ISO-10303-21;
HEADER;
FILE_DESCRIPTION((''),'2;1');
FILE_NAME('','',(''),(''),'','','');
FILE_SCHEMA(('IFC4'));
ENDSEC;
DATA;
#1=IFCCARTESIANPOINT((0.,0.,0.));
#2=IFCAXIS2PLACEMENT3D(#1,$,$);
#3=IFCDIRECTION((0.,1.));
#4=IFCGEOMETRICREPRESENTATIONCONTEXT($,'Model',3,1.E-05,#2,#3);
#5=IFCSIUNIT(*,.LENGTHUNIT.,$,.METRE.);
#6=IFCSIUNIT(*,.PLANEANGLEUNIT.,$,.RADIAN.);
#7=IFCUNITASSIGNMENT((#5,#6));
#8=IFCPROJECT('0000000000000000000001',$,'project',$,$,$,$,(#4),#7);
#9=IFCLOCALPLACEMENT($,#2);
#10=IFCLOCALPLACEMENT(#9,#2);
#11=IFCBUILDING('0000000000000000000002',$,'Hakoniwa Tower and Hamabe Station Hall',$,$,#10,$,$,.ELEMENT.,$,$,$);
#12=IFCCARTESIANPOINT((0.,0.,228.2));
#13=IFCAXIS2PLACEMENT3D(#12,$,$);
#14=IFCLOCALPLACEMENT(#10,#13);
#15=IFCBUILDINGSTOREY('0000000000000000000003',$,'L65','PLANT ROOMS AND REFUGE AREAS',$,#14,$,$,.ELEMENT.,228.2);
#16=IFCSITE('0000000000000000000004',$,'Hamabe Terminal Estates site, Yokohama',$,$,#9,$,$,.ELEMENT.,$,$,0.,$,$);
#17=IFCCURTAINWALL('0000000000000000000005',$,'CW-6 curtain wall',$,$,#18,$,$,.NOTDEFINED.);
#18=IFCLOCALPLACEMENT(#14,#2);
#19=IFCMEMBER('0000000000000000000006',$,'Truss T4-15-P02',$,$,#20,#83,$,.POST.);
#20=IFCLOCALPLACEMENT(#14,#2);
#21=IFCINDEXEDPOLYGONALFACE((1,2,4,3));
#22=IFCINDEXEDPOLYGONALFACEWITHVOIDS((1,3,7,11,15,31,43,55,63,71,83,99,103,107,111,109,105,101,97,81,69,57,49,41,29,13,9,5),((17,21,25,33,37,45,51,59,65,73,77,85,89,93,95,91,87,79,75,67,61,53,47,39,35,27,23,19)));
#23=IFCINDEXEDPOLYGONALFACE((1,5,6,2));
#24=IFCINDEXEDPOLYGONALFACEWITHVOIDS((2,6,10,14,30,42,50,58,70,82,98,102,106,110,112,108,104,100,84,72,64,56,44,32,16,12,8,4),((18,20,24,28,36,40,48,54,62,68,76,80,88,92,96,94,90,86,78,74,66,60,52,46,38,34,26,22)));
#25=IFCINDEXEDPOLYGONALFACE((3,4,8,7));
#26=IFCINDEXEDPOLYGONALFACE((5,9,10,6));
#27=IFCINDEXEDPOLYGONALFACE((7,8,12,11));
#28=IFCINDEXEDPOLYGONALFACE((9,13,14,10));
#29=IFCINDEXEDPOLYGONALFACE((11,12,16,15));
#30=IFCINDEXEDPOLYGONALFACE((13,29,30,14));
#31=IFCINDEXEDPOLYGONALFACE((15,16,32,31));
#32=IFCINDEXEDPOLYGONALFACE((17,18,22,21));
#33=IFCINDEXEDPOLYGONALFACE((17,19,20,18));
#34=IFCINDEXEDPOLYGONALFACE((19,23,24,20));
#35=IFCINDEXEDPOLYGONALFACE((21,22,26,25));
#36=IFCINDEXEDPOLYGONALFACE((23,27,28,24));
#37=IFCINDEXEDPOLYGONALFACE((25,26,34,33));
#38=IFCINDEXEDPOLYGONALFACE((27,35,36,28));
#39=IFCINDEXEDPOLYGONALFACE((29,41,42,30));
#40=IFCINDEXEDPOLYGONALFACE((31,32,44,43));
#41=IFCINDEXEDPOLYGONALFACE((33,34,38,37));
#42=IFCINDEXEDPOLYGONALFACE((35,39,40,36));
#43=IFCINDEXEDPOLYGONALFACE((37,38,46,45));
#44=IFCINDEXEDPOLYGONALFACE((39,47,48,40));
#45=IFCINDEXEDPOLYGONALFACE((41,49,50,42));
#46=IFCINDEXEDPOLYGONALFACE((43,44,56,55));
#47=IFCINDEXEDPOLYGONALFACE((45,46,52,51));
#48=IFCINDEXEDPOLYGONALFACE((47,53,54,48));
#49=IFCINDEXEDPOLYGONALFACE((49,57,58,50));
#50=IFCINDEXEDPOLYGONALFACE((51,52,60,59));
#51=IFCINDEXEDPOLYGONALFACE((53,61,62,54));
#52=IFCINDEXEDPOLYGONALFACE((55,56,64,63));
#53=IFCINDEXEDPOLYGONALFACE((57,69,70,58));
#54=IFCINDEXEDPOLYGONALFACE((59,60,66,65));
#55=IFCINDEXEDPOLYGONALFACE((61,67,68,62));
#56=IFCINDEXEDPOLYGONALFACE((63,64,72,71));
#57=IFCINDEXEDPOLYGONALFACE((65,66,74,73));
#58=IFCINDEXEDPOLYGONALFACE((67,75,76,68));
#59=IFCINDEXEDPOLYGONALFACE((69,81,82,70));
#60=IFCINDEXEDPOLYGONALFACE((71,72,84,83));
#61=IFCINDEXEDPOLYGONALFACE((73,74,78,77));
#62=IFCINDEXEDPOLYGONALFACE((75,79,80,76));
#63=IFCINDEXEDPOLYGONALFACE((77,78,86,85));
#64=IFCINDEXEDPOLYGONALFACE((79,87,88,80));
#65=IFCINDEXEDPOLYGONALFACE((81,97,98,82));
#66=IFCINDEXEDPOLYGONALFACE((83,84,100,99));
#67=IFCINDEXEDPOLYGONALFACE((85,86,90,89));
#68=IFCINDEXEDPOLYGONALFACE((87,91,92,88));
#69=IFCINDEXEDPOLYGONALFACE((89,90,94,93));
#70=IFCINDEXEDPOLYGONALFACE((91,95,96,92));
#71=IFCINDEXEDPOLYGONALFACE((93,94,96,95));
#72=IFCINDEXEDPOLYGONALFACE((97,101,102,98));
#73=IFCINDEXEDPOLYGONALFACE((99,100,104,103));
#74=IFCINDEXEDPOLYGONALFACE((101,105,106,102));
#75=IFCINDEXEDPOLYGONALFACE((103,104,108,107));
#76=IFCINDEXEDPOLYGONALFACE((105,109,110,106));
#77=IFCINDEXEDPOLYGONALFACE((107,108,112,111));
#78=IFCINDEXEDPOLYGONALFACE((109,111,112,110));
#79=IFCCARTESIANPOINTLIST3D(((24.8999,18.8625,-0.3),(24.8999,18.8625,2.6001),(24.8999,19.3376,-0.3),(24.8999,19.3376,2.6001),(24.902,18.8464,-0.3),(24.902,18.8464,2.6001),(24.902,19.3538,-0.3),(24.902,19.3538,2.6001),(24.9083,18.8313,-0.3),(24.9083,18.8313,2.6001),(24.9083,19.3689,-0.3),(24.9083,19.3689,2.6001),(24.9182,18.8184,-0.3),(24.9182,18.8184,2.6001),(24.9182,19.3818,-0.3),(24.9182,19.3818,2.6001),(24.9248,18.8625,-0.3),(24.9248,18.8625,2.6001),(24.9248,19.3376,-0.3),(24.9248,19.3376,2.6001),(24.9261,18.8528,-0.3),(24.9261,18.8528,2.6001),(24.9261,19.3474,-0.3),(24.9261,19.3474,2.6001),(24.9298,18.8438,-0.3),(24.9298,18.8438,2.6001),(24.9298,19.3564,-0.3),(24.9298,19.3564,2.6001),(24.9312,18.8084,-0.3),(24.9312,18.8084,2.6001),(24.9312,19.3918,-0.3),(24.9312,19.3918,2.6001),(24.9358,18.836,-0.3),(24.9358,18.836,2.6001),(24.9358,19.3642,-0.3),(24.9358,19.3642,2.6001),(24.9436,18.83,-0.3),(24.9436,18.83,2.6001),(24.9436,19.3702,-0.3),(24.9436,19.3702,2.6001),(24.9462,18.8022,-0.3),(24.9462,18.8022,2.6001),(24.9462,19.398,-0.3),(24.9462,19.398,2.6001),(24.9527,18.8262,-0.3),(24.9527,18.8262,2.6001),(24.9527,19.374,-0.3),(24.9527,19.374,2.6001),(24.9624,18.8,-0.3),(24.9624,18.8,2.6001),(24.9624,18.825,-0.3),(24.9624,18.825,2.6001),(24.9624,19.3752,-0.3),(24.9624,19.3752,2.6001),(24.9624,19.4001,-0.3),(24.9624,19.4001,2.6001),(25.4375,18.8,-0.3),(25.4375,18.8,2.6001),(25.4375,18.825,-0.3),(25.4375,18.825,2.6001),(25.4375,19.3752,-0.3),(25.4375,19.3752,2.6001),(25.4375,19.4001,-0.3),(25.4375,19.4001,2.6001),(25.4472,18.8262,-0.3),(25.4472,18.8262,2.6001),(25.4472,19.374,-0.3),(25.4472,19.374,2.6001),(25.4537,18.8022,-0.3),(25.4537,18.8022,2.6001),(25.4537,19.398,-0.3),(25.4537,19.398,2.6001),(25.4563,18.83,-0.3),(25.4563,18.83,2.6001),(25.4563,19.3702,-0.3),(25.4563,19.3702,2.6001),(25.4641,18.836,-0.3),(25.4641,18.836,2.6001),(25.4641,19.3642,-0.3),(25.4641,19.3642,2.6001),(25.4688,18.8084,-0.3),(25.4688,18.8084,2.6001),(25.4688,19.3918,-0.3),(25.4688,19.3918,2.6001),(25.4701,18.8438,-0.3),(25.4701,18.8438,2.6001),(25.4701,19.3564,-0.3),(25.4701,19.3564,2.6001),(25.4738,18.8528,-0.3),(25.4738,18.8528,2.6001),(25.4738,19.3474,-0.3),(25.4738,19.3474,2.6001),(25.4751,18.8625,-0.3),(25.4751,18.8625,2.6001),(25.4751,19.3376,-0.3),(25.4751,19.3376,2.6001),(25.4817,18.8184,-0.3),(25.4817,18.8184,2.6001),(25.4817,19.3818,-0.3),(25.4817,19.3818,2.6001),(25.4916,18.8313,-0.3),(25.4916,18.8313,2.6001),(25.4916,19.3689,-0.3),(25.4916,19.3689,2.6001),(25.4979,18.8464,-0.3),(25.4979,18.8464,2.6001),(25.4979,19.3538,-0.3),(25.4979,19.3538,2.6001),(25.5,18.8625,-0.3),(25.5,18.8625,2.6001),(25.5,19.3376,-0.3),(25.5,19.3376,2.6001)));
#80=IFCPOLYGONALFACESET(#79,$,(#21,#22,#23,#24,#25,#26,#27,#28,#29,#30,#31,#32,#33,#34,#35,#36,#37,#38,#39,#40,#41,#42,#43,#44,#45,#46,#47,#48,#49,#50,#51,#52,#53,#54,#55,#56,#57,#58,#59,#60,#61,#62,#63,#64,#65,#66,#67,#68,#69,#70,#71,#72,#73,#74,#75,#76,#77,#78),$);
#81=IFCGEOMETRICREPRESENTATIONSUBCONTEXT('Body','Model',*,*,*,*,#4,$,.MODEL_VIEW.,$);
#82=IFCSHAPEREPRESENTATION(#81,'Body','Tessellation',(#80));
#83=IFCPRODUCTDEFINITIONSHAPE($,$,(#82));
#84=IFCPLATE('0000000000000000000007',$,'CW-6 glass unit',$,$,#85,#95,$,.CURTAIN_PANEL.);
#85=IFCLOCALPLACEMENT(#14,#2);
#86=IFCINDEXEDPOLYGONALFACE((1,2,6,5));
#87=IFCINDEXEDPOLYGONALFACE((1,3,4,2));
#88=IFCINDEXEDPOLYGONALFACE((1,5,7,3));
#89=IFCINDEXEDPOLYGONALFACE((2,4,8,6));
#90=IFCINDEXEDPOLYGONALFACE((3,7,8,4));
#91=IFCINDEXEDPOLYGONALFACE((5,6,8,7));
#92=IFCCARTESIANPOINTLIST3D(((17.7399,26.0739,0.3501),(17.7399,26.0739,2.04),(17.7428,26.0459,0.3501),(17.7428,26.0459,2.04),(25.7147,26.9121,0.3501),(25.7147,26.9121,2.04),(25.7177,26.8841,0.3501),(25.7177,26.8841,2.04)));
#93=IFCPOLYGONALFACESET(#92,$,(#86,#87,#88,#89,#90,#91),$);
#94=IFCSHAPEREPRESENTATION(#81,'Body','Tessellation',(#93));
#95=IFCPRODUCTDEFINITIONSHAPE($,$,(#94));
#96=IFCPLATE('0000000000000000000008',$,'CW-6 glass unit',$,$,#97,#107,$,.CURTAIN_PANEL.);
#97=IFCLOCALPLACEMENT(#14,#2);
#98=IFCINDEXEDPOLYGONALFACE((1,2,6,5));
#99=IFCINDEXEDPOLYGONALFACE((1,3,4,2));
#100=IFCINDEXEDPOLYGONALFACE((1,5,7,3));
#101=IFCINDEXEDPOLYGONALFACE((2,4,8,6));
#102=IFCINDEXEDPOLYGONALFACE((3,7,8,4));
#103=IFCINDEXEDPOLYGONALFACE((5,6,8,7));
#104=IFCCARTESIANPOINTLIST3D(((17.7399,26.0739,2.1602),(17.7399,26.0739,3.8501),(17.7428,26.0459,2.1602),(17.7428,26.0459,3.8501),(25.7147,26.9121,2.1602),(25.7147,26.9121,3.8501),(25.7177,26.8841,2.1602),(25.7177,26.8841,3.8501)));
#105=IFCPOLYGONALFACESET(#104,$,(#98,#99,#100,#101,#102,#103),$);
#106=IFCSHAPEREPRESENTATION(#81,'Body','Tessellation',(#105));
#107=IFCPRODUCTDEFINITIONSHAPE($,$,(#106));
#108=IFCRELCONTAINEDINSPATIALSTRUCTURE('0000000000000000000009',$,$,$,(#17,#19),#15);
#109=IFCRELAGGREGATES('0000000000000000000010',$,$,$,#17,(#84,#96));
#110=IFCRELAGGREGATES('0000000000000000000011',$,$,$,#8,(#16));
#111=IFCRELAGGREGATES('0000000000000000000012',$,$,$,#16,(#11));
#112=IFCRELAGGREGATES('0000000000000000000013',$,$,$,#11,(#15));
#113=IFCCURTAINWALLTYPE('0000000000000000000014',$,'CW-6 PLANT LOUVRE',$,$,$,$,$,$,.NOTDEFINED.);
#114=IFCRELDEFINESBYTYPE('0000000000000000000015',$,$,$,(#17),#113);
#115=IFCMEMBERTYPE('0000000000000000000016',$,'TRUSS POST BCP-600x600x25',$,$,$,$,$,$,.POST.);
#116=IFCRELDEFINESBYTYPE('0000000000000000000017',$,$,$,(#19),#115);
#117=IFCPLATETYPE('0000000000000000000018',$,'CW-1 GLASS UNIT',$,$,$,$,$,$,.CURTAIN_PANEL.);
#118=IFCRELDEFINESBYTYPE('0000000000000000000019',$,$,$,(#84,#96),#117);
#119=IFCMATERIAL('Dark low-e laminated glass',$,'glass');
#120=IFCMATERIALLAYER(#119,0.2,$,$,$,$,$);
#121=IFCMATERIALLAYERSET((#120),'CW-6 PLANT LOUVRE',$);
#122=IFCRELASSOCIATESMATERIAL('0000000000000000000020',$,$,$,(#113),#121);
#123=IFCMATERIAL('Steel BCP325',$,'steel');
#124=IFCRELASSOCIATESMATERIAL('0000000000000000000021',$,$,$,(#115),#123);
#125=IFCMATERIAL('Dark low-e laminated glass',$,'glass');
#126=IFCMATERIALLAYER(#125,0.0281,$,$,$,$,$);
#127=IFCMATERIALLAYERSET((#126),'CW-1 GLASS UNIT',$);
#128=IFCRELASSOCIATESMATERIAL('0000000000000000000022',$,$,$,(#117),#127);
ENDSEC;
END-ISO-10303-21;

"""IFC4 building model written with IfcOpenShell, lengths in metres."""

from ifc_helpers import new_model, si_unit, direction, frame, origin, origin_2d, place, context, subcontext, project, spatial, rectangle, hollow_rectangle, extrude, material, layer, layer_set, material_profile, profile_set, type_object, element, aggregate, save


model = new_model("IFC4")

# Units and contexts
model_context = context("Model", 3, precision=1e-05, world=origin(), true_north=direction((0.0, 1.0)))
body_context = subcontext(model_context, "Body", "Model", "MODEL_VIEW")
ifc_project = project(units=[si_unit("LENGTHUNIT", "METRE"), si_unit("PLANEANGLEUNIT", "RADIAN")], contexts=[model_context])

# Site, building, storey
site_placement = place(None, origin())
site = spatial("IfcSite", under=ifc_project, at=site_placement, Name="Hamabe Terminal Estates site, Yokohama", CompositionType="ELEMENT", RefElevation=0.0)
building_placement = place(site_placement, origin())
building = spatial("IfcBuilding", under=site, at=building_placement, Name="Hakoniwa Tower and Hamabe Station Hall", CompositionType="ELEMENT")
storey_placement = place(building_placement, frame((0.0, 0.0, 228.2)))
storey = spatial("IfcBuildingStorey", under=building, at=storey_placement, Name="L65", Description="PLANT ROOMS AND REFUGE AREAS", CompositionType="ELEMENT", Elevation=228.2)

# Curtain wall
ifc_material_1 = material(Name="Dark low-e laminated glass", Category="glass")
ifc_layer_1 = layer(ifc_material_1, 0.2)
ifc_layer_set_1 = layer_set([ifc_layer_1], Name="CW-6 PLANT LOUVRE")
curtain_wall_type = type_object("IfcCurtainWallType", Name="CW-6 PLANT LOUVRE", PredefinedType="NOTDEFINED", material=ifc_layer_set_1)
curtain_wall_placement = place(storey_placement, origin())
curtain_wall = element("IfcCurtainWall", 1, at=curtain_wall_placement, inside=storey, type_object=curtain_wall_type, Name="CW-6 curtain wall", PredefinedType="NOTDEFINED")

# Member
ifc_material_2 = material(Name="Steel BCP325", Category="steel")
ifc_material_profile_1 = material_profile(ifc_material_2, hollow_rectangle(XDim=0.6001, YDim=0.6001, WallThickness=0.0249, InnerFilletRadius=0.0376, OuterFilletRadius=0.0625, at=origin_2d()), Name="BCP-600x600x25")
ifc_profile_set_1 = profile_set([ifc_material_profile_1], Name="Steel BCP325")
member_type_1 = type_object("IfcMemberType", Name="TRUSS POST BCP-600x600x25", PredefinedType="POST", material=ifc_profile_set_1)
for number, where, z_axis, x_axis, name in (
    (2, (25.2, 19.1001, -0.3), (0.0, 0.0, 1.0), (1.0, 0.0, 0.0), "Truss T4-15-P02"),
):
    element("IfcMember", number, at=place(storey_placement, frame(where, z_axis=z_axis, x_axis=x_axis)), inside=storey, type_object=member_type_1, Name=name, PredefinedType="POST", context=body_context, shape_type="SweptSolid", body=[
        extrude(hollow_rectangle(XDim=0.6001, YDim=0.6001, WallThickness=0.0249, InnerFilletRadius=0.0376, OuterFilletRadius=0.0625, at=origin_2d()), origin(), (0.0, 0.0, 1.0), 2.9001),
    ])

# Plates
ifc_material_3 = material(Name="Dark low-e laminated glass", Category="glass")
ifc_layer_2 = layer(ifc_material_3, 0.0281)
ifc_layer_set_2 = layer_set([ifc_layer_2], Name="CW-1 GLASS UNIT")
plate_type = type_object("IfcPlateType", Name="CW-1 GLASS UNIT", PredefinedType="CURTAIN_PANEL", material=ifc_layer_set_2)
plate_1_placement = place(storey_placement, frame((21.7288, 26.479, 0.3501), z_axis=(0.0, 0.0, 1.0), x_axis=(-0.994522, -0.104528, 0.0)))
plate_1 = element("IfcPlate", 3, at=plate_1_placement, type_object=plate_type, Name="CW-6 glass unit", PredefinedType="CURTAIN_PANEL", context=body_context, shape_type="SweptSolid", body=[
    extrude(rectangle(XDim=8.0188, YDim=0.0281, at=origin_2d()), origin(), (0.0, 0.0, 1.0), 1.6899),
])
plate_2_placement = place(storey_placement, frame((21.7288, 26.479, 2.1602), z_axis=(0.0, 0.0, 1.0), x_axis=(-0.994522, -0.104528, 0.0)))
plate_2 = element("IfcPlate", 4, at=plate_2_placement, type_object=plate_type, Name="CW-6 glass unit", PredefinedType="CURTAIN_PANEL", context=body_context, shape_type="SweptSolid", body=[
    extrude(rectangle(XDim=8.0188, YDim=0.0281, at=origin_2d()), origin(), (0.0, 0.0, 1.0), 1.6899),
])
aggregate(curtain_wall, [plate_1, plate_2])

save(model, "model.ifc")
